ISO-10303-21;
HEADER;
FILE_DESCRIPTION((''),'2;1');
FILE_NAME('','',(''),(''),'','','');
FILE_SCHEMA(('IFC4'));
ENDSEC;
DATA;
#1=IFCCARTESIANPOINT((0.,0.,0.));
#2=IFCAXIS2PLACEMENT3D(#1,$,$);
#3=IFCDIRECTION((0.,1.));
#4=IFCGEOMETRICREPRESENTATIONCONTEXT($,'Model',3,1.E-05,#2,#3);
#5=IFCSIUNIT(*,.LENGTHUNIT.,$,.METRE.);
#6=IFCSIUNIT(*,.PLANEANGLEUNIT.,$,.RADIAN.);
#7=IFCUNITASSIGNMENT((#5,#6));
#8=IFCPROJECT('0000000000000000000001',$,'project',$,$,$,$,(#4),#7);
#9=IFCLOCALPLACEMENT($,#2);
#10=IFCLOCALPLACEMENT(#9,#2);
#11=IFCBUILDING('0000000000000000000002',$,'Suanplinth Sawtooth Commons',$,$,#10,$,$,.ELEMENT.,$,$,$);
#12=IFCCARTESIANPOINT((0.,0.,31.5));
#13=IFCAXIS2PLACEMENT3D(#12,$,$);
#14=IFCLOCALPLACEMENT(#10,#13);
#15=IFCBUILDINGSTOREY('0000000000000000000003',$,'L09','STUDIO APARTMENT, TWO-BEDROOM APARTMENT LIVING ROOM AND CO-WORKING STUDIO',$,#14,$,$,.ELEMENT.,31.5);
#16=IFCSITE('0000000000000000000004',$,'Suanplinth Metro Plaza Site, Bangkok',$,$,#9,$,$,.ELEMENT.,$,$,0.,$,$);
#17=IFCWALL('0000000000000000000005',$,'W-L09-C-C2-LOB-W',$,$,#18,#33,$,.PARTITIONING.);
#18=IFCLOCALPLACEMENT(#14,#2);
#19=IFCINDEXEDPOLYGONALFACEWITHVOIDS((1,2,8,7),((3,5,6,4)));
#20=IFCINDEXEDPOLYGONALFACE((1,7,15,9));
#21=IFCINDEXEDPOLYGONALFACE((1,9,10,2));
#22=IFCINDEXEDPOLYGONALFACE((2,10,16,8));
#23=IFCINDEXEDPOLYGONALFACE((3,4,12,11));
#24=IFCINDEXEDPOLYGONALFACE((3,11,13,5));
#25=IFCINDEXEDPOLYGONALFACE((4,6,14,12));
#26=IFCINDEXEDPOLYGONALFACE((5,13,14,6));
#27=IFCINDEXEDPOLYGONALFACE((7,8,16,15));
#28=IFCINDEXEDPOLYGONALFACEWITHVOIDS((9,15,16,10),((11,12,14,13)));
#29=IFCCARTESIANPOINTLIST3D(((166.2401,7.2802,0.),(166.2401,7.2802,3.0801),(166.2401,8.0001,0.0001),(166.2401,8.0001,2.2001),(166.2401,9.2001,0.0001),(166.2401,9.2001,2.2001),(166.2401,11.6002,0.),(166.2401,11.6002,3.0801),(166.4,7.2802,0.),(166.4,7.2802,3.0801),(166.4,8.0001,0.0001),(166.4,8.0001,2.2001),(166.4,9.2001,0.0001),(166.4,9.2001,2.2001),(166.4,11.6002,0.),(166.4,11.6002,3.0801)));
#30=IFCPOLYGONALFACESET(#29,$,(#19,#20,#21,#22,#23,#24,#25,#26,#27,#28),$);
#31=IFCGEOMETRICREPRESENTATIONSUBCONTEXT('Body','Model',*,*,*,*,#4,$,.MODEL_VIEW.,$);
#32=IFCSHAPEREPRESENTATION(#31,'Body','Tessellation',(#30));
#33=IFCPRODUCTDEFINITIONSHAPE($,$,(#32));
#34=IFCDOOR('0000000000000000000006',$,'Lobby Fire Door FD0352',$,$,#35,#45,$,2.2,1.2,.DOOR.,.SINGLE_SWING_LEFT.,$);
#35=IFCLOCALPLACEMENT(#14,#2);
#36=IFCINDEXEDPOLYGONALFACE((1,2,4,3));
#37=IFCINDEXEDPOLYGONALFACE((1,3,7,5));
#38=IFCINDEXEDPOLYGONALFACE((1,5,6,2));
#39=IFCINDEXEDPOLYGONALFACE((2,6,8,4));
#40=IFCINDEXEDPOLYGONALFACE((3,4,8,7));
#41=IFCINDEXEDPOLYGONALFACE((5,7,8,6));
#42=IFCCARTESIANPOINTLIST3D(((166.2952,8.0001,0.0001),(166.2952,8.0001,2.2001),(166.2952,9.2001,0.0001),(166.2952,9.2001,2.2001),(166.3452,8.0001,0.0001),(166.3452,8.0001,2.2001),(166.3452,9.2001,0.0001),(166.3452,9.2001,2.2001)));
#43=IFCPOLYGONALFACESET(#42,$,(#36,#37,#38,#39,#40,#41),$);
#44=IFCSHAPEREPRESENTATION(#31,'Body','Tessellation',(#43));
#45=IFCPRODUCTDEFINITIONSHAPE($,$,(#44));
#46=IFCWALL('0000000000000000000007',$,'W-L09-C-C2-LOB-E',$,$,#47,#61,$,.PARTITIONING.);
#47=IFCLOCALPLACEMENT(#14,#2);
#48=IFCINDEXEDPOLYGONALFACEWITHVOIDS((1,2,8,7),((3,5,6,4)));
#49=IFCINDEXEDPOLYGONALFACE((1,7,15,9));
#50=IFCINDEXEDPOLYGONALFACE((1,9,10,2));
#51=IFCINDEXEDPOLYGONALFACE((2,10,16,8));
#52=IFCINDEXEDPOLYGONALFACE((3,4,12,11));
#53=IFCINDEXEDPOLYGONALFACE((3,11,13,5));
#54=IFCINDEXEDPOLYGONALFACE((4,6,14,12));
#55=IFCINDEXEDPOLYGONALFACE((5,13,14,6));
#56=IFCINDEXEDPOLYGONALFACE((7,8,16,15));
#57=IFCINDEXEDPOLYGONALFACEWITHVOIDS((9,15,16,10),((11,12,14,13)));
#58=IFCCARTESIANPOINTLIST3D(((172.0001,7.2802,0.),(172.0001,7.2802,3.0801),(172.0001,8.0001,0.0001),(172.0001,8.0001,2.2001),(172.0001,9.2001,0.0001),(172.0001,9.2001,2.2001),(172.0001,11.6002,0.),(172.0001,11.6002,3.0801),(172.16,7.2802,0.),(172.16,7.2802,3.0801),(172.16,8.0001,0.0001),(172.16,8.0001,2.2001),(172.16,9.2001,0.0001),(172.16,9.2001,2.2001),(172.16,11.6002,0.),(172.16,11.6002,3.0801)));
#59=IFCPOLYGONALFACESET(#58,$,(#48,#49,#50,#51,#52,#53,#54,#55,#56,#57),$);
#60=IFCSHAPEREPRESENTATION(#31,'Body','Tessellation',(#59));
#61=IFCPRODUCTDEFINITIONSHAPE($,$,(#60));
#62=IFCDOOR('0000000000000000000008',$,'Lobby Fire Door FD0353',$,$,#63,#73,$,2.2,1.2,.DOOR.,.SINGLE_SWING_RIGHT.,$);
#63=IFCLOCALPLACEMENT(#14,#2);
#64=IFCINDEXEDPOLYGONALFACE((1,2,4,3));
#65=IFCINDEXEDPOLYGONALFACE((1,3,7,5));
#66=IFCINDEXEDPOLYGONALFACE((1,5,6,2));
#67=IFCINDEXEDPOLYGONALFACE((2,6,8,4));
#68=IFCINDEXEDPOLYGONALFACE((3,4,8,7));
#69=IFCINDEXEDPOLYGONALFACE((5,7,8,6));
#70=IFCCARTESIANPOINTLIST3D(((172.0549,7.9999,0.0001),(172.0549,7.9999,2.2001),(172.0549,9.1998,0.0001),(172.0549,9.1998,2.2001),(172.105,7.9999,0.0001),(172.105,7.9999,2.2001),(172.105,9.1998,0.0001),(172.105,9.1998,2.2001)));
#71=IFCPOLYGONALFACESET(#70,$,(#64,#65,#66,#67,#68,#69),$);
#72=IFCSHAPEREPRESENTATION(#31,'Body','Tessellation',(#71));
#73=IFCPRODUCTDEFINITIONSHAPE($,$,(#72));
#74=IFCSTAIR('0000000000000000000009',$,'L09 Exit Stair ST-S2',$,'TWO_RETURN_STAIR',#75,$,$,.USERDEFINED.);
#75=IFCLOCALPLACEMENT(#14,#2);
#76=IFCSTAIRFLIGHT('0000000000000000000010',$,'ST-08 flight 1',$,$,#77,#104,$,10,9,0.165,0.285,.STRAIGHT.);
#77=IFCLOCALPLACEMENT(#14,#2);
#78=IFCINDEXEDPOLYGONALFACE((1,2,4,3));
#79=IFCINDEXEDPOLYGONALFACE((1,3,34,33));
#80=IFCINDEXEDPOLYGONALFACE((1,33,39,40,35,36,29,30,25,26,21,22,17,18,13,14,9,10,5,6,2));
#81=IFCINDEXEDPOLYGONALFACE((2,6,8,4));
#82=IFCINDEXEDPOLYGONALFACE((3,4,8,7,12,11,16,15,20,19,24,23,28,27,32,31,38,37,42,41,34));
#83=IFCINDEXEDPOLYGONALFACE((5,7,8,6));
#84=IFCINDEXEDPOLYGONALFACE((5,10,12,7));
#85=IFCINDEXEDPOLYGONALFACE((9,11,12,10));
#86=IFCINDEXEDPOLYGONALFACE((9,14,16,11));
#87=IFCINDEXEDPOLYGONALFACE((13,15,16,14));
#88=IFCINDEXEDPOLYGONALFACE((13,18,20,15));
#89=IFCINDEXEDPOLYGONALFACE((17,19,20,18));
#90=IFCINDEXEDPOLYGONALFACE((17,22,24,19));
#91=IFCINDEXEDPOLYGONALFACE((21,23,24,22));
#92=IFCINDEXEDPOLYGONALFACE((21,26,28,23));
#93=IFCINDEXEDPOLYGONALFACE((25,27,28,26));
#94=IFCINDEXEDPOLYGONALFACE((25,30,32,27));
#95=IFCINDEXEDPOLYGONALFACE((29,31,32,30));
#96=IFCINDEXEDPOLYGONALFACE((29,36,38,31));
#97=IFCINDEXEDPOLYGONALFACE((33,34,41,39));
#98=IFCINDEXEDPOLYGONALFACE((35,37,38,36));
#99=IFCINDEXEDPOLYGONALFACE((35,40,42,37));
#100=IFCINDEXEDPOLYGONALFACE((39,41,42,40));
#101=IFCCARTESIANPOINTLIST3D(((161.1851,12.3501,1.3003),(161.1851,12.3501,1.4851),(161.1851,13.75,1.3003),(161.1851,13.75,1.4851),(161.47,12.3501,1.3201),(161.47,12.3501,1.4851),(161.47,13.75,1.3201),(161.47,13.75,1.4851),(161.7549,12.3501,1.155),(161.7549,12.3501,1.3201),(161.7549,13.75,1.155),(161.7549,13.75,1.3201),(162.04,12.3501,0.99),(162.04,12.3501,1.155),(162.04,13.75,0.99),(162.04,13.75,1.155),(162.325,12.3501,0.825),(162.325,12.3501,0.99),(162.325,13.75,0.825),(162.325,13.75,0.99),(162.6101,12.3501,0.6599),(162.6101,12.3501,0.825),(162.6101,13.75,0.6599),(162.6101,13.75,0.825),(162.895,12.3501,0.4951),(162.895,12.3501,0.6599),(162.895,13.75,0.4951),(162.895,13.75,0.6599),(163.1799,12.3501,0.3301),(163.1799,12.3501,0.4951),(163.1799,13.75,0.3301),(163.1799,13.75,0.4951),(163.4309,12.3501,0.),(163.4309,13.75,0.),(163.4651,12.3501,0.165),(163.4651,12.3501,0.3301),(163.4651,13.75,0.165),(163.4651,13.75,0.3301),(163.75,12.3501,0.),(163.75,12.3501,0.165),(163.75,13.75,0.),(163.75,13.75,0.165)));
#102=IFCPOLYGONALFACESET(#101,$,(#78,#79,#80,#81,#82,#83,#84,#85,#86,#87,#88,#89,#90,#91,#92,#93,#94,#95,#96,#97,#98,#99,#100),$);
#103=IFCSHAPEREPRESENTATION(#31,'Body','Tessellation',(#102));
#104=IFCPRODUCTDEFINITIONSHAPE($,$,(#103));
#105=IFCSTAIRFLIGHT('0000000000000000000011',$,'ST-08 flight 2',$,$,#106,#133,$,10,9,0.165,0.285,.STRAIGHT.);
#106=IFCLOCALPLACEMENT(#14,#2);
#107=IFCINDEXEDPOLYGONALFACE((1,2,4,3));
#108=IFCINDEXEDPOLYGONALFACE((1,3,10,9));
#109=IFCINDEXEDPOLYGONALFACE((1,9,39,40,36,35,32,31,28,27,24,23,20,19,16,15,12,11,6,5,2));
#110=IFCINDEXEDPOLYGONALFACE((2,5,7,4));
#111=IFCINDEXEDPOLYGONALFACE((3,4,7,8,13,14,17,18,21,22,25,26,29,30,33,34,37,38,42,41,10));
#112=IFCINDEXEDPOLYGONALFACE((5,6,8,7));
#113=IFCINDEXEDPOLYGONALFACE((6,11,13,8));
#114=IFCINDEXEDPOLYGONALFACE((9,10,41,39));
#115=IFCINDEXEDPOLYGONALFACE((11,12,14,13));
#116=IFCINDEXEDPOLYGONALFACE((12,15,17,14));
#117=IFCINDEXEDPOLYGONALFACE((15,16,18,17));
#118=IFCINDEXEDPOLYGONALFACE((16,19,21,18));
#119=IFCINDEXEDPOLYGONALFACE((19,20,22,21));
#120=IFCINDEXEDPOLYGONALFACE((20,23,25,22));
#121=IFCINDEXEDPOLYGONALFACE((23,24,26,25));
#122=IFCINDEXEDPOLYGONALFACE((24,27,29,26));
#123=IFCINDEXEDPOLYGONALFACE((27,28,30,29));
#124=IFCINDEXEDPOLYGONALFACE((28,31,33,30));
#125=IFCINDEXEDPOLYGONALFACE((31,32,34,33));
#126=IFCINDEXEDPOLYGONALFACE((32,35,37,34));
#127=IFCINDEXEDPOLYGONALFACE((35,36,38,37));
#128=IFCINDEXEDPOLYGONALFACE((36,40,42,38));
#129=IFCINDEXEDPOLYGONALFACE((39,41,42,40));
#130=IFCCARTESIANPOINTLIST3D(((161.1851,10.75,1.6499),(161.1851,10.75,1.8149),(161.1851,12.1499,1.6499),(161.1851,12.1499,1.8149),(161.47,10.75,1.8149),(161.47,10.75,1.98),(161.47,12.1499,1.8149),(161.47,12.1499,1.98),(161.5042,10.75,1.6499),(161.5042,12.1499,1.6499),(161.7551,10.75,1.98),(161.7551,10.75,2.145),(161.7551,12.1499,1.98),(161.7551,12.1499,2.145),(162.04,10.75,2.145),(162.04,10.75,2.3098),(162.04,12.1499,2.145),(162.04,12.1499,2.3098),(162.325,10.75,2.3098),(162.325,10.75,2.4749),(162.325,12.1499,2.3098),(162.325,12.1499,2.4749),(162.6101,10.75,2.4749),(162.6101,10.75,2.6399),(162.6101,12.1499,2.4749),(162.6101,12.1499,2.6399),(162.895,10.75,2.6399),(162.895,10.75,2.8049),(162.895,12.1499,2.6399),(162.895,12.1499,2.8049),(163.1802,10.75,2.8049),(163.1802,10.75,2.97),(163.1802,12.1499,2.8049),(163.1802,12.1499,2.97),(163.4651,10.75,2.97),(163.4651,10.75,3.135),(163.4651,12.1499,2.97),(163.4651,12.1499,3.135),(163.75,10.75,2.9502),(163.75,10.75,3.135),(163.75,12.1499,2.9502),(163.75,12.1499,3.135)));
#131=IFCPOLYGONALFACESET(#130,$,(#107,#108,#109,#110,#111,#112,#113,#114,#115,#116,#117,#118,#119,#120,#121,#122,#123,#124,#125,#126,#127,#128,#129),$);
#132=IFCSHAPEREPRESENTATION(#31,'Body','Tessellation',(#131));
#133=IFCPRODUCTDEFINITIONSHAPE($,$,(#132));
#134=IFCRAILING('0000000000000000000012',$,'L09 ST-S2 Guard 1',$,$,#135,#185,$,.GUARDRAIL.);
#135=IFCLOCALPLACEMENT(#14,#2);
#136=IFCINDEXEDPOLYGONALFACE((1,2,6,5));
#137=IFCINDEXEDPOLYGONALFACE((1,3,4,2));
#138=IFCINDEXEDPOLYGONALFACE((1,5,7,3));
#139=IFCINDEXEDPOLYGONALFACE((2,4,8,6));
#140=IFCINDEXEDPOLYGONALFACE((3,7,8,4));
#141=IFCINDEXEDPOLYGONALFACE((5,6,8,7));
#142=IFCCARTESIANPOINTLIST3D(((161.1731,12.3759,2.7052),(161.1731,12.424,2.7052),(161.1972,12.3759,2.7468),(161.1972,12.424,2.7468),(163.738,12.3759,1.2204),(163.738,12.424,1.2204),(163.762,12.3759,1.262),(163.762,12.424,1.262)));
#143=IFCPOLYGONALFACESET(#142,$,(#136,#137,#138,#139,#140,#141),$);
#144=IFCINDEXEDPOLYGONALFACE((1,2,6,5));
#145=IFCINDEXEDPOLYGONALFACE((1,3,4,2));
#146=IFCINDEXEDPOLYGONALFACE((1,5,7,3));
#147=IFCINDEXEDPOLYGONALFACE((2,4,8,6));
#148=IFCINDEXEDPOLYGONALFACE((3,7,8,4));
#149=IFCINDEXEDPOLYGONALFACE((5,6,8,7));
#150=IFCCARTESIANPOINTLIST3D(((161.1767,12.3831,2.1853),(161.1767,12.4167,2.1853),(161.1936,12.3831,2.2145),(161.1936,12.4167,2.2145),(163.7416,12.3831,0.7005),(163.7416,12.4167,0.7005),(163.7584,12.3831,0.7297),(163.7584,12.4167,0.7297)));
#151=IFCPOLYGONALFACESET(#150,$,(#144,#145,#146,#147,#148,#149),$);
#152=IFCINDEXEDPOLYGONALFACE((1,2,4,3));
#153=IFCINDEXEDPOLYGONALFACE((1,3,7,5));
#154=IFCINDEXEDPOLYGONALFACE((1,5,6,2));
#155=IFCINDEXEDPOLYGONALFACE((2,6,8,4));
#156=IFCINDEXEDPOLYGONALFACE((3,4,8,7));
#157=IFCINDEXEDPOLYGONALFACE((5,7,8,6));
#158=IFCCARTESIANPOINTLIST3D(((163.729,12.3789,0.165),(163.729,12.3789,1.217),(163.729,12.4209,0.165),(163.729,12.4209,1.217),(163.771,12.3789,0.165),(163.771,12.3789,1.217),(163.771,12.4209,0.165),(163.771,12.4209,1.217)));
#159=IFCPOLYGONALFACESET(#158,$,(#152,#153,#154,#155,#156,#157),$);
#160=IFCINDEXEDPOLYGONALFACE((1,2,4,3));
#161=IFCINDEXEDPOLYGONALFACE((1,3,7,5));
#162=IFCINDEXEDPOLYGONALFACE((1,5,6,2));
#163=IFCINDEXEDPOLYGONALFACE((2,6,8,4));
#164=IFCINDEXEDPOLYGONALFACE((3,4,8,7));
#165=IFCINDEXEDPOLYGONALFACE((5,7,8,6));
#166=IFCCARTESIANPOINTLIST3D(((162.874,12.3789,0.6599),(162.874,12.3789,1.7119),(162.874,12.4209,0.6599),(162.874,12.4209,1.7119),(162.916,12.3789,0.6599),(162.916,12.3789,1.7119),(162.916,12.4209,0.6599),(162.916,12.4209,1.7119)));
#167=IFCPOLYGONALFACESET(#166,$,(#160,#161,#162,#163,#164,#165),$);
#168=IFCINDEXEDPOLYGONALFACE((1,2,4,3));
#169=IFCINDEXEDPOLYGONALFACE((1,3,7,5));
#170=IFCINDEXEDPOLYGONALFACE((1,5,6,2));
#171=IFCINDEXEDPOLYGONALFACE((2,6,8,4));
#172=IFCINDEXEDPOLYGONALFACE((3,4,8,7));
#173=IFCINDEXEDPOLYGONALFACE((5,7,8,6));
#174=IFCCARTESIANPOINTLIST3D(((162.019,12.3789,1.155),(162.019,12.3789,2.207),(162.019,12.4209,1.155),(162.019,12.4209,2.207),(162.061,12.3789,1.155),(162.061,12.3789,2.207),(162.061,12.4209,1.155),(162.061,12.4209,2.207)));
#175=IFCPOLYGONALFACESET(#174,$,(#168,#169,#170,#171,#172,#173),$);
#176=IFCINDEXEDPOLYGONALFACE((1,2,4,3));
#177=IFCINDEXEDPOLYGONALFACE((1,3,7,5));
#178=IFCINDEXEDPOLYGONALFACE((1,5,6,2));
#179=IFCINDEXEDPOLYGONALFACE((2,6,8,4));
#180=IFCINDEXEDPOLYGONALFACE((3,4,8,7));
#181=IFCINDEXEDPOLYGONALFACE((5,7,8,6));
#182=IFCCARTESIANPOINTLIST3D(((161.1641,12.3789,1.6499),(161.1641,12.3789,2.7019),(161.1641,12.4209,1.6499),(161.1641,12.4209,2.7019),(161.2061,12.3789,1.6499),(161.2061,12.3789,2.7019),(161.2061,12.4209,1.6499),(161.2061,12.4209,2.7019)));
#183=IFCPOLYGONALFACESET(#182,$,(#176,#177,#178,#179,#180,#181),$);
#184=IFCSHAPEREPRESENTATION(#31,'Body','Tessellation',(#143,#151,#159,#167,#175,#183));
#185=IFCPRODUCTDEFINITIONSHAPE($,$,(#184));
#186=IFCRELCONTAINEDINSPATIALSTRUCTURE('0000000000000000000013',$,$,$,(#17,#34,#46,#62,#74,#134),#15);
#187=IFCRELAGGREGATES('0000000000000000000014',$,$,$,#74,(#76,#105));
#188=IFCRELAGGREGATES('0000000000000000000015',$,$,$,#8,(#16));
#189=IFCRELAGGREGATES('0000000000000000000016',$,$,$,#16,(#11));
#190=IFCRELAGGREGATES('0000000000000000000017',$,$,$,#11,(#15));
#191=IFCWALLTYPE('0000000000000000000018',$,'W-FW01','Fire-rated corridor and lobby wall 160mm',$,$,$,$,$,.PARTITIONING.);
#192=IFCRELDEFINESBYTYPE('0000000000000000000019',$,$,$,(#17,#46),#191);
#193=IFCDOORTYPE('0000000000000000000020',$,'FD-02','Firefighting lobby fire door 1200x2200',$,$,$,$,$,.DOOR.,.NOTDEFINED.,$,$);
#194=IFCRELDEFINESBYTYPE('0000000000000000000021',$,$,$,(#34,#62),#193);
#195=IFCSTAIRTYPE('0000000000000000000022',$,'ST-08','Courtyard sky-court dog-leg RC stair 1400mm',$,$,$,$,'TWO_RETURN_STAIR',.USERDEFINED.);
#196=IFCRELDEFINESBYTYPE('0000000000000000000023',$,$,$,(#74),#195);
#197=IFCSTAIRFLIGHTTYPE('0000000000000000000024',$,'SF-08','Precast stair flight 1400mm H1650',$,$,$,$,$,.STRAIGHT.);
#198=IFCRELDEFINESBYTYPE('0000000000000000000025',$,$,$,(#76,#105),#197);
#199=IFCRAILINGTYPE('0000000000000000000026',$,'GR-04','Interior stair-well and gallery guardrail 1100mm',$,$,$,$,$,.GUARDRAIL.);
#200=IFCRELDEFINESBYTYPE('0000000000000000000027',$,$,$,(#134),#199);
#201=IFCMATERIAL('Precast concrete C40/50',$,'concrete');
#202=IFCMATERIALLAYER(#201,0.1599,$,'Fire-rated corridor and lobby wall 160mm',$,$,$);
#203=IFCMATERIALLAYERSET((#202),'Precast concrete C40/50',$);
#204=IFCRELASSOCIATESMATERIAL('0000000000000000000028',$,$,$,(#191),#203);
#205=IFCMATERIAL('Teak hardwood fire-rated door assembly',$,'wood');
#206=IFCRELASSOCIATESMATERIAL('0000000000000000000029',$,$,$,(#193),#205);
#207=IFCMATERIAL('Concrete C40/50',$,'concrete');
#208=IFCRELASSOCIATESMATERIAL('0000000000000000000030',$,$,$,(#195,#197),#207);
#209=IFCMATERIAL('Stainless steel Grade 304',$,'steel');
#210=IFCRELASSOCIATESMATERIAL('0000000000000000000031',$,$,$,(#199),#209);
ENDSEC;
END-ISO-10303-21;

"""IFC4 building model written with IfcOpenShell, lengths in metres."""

from ifc_helpers import new_model, si_unit, direction, frame, frame_2d, origin, origin_2d, place, context, subcontext, project, spatial, polyline, rectangle, outline, extrude, material, layer, layer_set, type_object, element, fill, aggregate, save


model = new_model("IFC4")

# Units and contexts
model_context = context("Model", 3, precision=1e-05, world=origin(), true_north=direction((0.0, 1.0)))
body_context = subcontext(model_context, "Body", "Model", "MODEL_VIEW")
ifc_project = project(units=[si_unit("LENGTHUNIT", "METRE"), si_unit("PLANEANGLEUNIT", "RADIAN")], contexts=[model_context])

# Site, building, storey
site_placement = place(None, origin())
site = spatial("IfcSite", under=ifc_project, at=site_placement, Name="Suanplinth Metro Plaza Site, Bangkok", CompositionType="ELEMENT", RefElevation=0.0)
building_placement = place(site_placement, origin())
building = spatial("IfcBuilding", under=site, at=building_placement, Name="Suanplinth Sawtooth Commons", CompositionType="ELEMENT")
storey_placement = place(building_placement, frame((0.0, 0.0, 31.5)))
storey = spatial("IfcBuildingStorey", under=building, at=storey_placement, Name="L09", Description="STUDIO APARTMENT, TWO-BEDROOM APARTMENT LIVING ROOM AND CO-WORKING STUDIO", CompositionType="ELEMENT", Elevation=31.5)

# Shared definitions
ifc_material_1 = material(Name="Precast concrete C40/50", Category="concrete")

# Shared definitions
ifc_material_2 = material(Name="Concrete C40/50", Category="concrete")
ifc_material_3 = material(Name="Teak hardwood fire-rated door assembly", Category="wood")

# Walls, openings, doors
ifc_layer_1 = layer(ifc_material_1, 0.1599, Name="Fire-rated corridor and lobby wall 160mm")
ifc_layer_set_1 = layer_set([ifc_layer_1], Name="Precast concrete C40/50")
wall_type_1 = type_object("IfcWallType", Name="W-FW01", Description="Fire-rated corridor and lobby wall 160mm", PredefinedType="PARTITIONING", material=ifc_layer_set_1)
wall_1_placement = place(storey_placement, frame((166.3201, 7.28, 0.0), z_axis=(0.0, 0.0, 1.0), x_axis=(0.0, 1.0, 0.0)))
wall_1 = element("IfcWall", 1, at=wall_1_placement, inside=storey, type_object=wall_type_1, Name="W-L09-C-C2-LOB-W", PredefinedType="PARTITIONING", context=body_context, shape_type="SweptSolid", body=[
    extrude(rectangle(XDim=4.3201, YDim=0.1599, at=frame_2d((2.1602, 0.0))), origin(), (0.0, 0.0, 1.0), 3.0801),
])
opening_1_placement = place(wall_1_placement, frame((0.72, 0.0, 0.0)))
opening_1 = element("IfcOpeningElement", 2, at=opening_1_placement, cuts=wall_1, PredefinedType="OPENING", context=body_context, shape_type="SweptSolid", body=[
    extrude(rectangle(XDim=1.2, YDim=2.2, at=frame_2d((0.6001, 1.1001))), frame((0.0, 0.0947, 0.0), z_axis=(0.0, -1.0, 0.0), x_axis=(1.0, 0.0, 0.0)), (0.0, 0.0, 1.0), 0.1897),
])
door_type_1 = type_object("IfcDoorType", Name="FD-02", Description="Firefighting lobby fire door 1200x2200", OperationType="NOTDEFINED", PredefinedType="DOOR", material=ifc_material_3)
door_1_placement = place(opening_1_placement, origin())
door_1 = element("IfcDoor", 3, at=door_1_placement, inside=storey, type_object=door_type_1, Name="Lobby Fire Door FD0352", OperationType="SINGLE_SWING_LEFT", OverallHeight=2.2, OverallWidth=1.2, PredefinedType="DOOR", context=body_context, shape_type="SweptSolid", body=[
    extrude(rectangle(XDim=1.2, YDim=2.2, at=frame_2d((0.6001, 1.1001))), frame((0.0, 0.0249, 0.0), z_axis=(0.0, -1.0, 0.0), x_axis=(1.0, 0.0, 0.0)), (0.0, 0.0, 1.0), 0.05),
])
fill(opening_1, door_1)
wall_2_placement = place(storey_placement, frame((172.0801, 7.28, 0.0), z_axis=(0.0, 0.0, 1.0), x_axis=(0.0, 1.0, 0.0)))
wall_2 = element("IfcWall", 4, at=wall_2_placement, inside=storey, type_object=wall_type_1, Name="W-L09-C-C2-LOB-E", PredefinedType="PARTITIONING", context=body_context, shape_type="SweptSolid", body=[
    extrude(rectangle(XDim=4.3201, YDim=0.1599, at=frame_2d((2.1602, 0.0))), origin(), (0.0, 0.0, 1.0), 3.0801),
])
opening_2_placement = place(wall_2_placement, frame((0.72, 0.0, 0.0)))
opening_2 = element("IfcOpeningElement", 5, at=opening_2_placement, cuts=wall_2, PredefinedType="OPENING", context=body_context, shape_type="SweptSolid", body=[
    extrude(rectangle(XDim=1.2, YDim=2.2, at=frame_2d((0.6001, 1.1001))), frame((0.0, 0.0947, 0.0), z_axis=(0.0, -1.0, 0.0), x_axis=(1.0, 0.0, 0.0)), (0.0, 0.0, 1.0), 0.1897),
])
door_2_placement = place(opening_2_placement, frame((1.2, 0.0, 0.0), z_axis=(0.0, 0.0, 1.0), x_axis=(-1.0, 0.0, 0.0)))
door_2 = element("IfcDoor", 6, at=door_2_placement, inside=storey, type_object=door_type_1, Name="Lobby Fire Door FD0353", OperationType="SINGLE_SWING_RIGHT", OverallHeight=2.2, OverallWidth=1.2, PredefinedType="DOOR", context=body_context, shape_type="SweptSolid", body=[
    extrude(rectangle(XDim=1.2, YDim=2.2, at=frame_2d((0.6001, 1.1001))), frame((0.0, 0.0249, 0.0), z_axis=(0.0, -1.0, 0.0), x_axis=(1.0, 0.0, 0.0)), (0.0, 0.0, 1.0), 0.05),
])
fill(opening_2, door_2)

# Stair, stair flights
stair_type = type_object("IfcStairType", Name="ST-08", Description="Courtyard sky-court dog-leg RC stair 1400mm", ElementType="TWO_RETURN_STAIR", PredefinedType="USERDEFINED", material=ifc_material_2)
stair_placement = place(storey_placement, origin())
stair = element("IfcStair", 7, at=stair_placement, inside=storey, type_object=stair_type, Name="L09 Exit Stair ST-S2", ObjectType="TWO_RETURN_STAIR", PredefinedType="USERDEFINED")
stair_flight_type = type_object("IfcStairFlightType", Name="SF-08", Description="Precast stair flight 1400mm H1650", PredefinedType="STRAIGHT", material=ifc_material_2)
stair_flight_1_placement = place(storey_placement, frame((163.75, 13.05, 0.0), z_axis=(0.0, 0.0, 1.0), x_axis=(-1.0, 0.0, 0.0)))
stair_flight_1 = element("IfcStairFlight", 8, at=stair_flight_1_placement, type_object=stair_flight_type, Name="ST-08 flight 1", NumberOfRisers=10, NumberOfTreads=9, PredefinedType="STRAIGHT", RiserHeight=0.165, TreadLength=0.285, context=body_context, shape_type="SweptSolid", body=[
    extrude(outline(polyline([(0.0, 0.0), (0.0, 0.165), (0.2849, 0.165), (0.2849, 0.3301), (0.5701, 0.3301), (0.5701, 0.4951), (0.855, 0.4951), (0.855, 0.6599), (1.1399, 0.6599), (1.1399, 0.825), (1.425, 0.825), (1.425, 0.99), (1.71, 0.99), (1.71, 1.155), (1.9951, 1.155), (1.9951, 1.3201), (2.28, 1.3201), (2.28, 1.4851), (2.5649, 1.4851), (2.5649, 1.6499), (2.5649, 1.3003), (0.3191, 0.0), (0.0, 0.0)])), frame((0.0, 0.7, 0.0), z_axis=(0.0, -1.0, 0.0), x_axis=(1.0, 0.0, 0.0)), (0.0, 0.0, 1.0), 1.3999),
])
stair_flight_2_placement = place(storey_placement, frame((161.1851, 11.45, 1.6499), z_axis=(0.0, 0.0, 1.0), x_axis=(1.0, 0.0, 0.0)))
stair_flight_2 = element("IfcStairFlight", 9, at=stair_flight_2_placement, type_object=stair_flight_type, Name="ST-08 flight 2", NumberOfRisers=10, NumberOfTreads=9, PredefinedType="STRAIGHT", RiserHeight=0.165, TreadLength=0.285, context=body_context, shape_type="SweptSolid", body=[
    extrude(outline(polyline([(0.0, 0.0), (0.0, 0.165), (0.2849, 0.165), (0.2849, 0.3301), (0.5701, 0.3301), (0.5701, 0.4951), (0.855, 0.4951), (0.855, 0.6599), (1.1399, 0.6599), (1.1399, 0.825), (1.425, 0.825), (1.425, 0.99), (1.71, 0.99), (1.71, 1.155), (1.9951, 1.155), (1.9951, 1.3201), (2.28, 1.3201), (2.28, 1.4851), (2.5649, 1.4851), (2.5649, 1.6499), (2.5649, 1.3003), (0.3191, 0.0), (0.0, 0.0)])), frame((0.0, 0.7, 0.0), z_axis=(0.0, -1.0, 0.0), x_axis=(1.0, 0.0, 0.0)), (0.0, 0.0, 1.0), 1.3999),
])
aggregate(stair, [stair_flight_1, stair_flight_2])

# Railing
ifc_material_4 = material(Name="Stainless steel Grade 304", Category="steel")
railing_type_1 = type_object("IfcRailingType", Name="GR-04", Description="Interior stair-well and gallery guardrail 1100mm", PredefinedType="GUARDRAIL", material=ifc_material_4)
railing_1_placement = place(storey_placement, frame((163.75, 12.3999, 0.165)))
element("IfcRailing", 10, at=railing_1_placement, inside=storey, type_object=railing_type_1, Name="L09 ST-S2 Guard 1", PredefinedType="GUARDRAIL", context=body_context, shape_type="SweptSolid", body=[
    extrude(rectangle(XDim=0.0481, YDim=0.0481, at=origin_2d()), frame((0.0, 0.0, 1.0762), z_axis=(-0.865441, 0.0, 0.50101), x_axis=(0.0, -1.0, 0.0)), (0.0, 0.0, 1.0), 2.9636),
    extrude(rectangle(XDim=0.0337, YDim=0.0337, at=origin_2d()), frame((0.0, 0.0, 0.55), z_axis=(-0.865441, 0.0, 0.50101), x_axis=(0.0, -1.0, 0.0)), (0.0, 0.0, 1.0), 2.9636),
    extrude(rectangle(XDim=0.042, YDim=0.042, at=origin_2d()), origin(), (0.0, 0.0, 1.0), 1.052),
    extrude(rectangle(XDim=0.042, YDim=0.042, at=origin_2d()), frame((-0.855, 0.0, 0.4949)), (0.0, 0.0, 1.0), 1.052),
    extrude(rectangle(XDim=0.042, YDim=0.042, at=origin_2d()), frame((-1.71, 0.0, 0.99)), (0.0, 0.0, 1.0), 1.052),
    extrude(rectangle(XDim=0.042, YDim=0.042, at=origin_2d()), frame((-2.5649, 0.0, 1.4849)), (0.0, 0.0, 1.0), 1.052),
])

save(model, "model.ifc")
